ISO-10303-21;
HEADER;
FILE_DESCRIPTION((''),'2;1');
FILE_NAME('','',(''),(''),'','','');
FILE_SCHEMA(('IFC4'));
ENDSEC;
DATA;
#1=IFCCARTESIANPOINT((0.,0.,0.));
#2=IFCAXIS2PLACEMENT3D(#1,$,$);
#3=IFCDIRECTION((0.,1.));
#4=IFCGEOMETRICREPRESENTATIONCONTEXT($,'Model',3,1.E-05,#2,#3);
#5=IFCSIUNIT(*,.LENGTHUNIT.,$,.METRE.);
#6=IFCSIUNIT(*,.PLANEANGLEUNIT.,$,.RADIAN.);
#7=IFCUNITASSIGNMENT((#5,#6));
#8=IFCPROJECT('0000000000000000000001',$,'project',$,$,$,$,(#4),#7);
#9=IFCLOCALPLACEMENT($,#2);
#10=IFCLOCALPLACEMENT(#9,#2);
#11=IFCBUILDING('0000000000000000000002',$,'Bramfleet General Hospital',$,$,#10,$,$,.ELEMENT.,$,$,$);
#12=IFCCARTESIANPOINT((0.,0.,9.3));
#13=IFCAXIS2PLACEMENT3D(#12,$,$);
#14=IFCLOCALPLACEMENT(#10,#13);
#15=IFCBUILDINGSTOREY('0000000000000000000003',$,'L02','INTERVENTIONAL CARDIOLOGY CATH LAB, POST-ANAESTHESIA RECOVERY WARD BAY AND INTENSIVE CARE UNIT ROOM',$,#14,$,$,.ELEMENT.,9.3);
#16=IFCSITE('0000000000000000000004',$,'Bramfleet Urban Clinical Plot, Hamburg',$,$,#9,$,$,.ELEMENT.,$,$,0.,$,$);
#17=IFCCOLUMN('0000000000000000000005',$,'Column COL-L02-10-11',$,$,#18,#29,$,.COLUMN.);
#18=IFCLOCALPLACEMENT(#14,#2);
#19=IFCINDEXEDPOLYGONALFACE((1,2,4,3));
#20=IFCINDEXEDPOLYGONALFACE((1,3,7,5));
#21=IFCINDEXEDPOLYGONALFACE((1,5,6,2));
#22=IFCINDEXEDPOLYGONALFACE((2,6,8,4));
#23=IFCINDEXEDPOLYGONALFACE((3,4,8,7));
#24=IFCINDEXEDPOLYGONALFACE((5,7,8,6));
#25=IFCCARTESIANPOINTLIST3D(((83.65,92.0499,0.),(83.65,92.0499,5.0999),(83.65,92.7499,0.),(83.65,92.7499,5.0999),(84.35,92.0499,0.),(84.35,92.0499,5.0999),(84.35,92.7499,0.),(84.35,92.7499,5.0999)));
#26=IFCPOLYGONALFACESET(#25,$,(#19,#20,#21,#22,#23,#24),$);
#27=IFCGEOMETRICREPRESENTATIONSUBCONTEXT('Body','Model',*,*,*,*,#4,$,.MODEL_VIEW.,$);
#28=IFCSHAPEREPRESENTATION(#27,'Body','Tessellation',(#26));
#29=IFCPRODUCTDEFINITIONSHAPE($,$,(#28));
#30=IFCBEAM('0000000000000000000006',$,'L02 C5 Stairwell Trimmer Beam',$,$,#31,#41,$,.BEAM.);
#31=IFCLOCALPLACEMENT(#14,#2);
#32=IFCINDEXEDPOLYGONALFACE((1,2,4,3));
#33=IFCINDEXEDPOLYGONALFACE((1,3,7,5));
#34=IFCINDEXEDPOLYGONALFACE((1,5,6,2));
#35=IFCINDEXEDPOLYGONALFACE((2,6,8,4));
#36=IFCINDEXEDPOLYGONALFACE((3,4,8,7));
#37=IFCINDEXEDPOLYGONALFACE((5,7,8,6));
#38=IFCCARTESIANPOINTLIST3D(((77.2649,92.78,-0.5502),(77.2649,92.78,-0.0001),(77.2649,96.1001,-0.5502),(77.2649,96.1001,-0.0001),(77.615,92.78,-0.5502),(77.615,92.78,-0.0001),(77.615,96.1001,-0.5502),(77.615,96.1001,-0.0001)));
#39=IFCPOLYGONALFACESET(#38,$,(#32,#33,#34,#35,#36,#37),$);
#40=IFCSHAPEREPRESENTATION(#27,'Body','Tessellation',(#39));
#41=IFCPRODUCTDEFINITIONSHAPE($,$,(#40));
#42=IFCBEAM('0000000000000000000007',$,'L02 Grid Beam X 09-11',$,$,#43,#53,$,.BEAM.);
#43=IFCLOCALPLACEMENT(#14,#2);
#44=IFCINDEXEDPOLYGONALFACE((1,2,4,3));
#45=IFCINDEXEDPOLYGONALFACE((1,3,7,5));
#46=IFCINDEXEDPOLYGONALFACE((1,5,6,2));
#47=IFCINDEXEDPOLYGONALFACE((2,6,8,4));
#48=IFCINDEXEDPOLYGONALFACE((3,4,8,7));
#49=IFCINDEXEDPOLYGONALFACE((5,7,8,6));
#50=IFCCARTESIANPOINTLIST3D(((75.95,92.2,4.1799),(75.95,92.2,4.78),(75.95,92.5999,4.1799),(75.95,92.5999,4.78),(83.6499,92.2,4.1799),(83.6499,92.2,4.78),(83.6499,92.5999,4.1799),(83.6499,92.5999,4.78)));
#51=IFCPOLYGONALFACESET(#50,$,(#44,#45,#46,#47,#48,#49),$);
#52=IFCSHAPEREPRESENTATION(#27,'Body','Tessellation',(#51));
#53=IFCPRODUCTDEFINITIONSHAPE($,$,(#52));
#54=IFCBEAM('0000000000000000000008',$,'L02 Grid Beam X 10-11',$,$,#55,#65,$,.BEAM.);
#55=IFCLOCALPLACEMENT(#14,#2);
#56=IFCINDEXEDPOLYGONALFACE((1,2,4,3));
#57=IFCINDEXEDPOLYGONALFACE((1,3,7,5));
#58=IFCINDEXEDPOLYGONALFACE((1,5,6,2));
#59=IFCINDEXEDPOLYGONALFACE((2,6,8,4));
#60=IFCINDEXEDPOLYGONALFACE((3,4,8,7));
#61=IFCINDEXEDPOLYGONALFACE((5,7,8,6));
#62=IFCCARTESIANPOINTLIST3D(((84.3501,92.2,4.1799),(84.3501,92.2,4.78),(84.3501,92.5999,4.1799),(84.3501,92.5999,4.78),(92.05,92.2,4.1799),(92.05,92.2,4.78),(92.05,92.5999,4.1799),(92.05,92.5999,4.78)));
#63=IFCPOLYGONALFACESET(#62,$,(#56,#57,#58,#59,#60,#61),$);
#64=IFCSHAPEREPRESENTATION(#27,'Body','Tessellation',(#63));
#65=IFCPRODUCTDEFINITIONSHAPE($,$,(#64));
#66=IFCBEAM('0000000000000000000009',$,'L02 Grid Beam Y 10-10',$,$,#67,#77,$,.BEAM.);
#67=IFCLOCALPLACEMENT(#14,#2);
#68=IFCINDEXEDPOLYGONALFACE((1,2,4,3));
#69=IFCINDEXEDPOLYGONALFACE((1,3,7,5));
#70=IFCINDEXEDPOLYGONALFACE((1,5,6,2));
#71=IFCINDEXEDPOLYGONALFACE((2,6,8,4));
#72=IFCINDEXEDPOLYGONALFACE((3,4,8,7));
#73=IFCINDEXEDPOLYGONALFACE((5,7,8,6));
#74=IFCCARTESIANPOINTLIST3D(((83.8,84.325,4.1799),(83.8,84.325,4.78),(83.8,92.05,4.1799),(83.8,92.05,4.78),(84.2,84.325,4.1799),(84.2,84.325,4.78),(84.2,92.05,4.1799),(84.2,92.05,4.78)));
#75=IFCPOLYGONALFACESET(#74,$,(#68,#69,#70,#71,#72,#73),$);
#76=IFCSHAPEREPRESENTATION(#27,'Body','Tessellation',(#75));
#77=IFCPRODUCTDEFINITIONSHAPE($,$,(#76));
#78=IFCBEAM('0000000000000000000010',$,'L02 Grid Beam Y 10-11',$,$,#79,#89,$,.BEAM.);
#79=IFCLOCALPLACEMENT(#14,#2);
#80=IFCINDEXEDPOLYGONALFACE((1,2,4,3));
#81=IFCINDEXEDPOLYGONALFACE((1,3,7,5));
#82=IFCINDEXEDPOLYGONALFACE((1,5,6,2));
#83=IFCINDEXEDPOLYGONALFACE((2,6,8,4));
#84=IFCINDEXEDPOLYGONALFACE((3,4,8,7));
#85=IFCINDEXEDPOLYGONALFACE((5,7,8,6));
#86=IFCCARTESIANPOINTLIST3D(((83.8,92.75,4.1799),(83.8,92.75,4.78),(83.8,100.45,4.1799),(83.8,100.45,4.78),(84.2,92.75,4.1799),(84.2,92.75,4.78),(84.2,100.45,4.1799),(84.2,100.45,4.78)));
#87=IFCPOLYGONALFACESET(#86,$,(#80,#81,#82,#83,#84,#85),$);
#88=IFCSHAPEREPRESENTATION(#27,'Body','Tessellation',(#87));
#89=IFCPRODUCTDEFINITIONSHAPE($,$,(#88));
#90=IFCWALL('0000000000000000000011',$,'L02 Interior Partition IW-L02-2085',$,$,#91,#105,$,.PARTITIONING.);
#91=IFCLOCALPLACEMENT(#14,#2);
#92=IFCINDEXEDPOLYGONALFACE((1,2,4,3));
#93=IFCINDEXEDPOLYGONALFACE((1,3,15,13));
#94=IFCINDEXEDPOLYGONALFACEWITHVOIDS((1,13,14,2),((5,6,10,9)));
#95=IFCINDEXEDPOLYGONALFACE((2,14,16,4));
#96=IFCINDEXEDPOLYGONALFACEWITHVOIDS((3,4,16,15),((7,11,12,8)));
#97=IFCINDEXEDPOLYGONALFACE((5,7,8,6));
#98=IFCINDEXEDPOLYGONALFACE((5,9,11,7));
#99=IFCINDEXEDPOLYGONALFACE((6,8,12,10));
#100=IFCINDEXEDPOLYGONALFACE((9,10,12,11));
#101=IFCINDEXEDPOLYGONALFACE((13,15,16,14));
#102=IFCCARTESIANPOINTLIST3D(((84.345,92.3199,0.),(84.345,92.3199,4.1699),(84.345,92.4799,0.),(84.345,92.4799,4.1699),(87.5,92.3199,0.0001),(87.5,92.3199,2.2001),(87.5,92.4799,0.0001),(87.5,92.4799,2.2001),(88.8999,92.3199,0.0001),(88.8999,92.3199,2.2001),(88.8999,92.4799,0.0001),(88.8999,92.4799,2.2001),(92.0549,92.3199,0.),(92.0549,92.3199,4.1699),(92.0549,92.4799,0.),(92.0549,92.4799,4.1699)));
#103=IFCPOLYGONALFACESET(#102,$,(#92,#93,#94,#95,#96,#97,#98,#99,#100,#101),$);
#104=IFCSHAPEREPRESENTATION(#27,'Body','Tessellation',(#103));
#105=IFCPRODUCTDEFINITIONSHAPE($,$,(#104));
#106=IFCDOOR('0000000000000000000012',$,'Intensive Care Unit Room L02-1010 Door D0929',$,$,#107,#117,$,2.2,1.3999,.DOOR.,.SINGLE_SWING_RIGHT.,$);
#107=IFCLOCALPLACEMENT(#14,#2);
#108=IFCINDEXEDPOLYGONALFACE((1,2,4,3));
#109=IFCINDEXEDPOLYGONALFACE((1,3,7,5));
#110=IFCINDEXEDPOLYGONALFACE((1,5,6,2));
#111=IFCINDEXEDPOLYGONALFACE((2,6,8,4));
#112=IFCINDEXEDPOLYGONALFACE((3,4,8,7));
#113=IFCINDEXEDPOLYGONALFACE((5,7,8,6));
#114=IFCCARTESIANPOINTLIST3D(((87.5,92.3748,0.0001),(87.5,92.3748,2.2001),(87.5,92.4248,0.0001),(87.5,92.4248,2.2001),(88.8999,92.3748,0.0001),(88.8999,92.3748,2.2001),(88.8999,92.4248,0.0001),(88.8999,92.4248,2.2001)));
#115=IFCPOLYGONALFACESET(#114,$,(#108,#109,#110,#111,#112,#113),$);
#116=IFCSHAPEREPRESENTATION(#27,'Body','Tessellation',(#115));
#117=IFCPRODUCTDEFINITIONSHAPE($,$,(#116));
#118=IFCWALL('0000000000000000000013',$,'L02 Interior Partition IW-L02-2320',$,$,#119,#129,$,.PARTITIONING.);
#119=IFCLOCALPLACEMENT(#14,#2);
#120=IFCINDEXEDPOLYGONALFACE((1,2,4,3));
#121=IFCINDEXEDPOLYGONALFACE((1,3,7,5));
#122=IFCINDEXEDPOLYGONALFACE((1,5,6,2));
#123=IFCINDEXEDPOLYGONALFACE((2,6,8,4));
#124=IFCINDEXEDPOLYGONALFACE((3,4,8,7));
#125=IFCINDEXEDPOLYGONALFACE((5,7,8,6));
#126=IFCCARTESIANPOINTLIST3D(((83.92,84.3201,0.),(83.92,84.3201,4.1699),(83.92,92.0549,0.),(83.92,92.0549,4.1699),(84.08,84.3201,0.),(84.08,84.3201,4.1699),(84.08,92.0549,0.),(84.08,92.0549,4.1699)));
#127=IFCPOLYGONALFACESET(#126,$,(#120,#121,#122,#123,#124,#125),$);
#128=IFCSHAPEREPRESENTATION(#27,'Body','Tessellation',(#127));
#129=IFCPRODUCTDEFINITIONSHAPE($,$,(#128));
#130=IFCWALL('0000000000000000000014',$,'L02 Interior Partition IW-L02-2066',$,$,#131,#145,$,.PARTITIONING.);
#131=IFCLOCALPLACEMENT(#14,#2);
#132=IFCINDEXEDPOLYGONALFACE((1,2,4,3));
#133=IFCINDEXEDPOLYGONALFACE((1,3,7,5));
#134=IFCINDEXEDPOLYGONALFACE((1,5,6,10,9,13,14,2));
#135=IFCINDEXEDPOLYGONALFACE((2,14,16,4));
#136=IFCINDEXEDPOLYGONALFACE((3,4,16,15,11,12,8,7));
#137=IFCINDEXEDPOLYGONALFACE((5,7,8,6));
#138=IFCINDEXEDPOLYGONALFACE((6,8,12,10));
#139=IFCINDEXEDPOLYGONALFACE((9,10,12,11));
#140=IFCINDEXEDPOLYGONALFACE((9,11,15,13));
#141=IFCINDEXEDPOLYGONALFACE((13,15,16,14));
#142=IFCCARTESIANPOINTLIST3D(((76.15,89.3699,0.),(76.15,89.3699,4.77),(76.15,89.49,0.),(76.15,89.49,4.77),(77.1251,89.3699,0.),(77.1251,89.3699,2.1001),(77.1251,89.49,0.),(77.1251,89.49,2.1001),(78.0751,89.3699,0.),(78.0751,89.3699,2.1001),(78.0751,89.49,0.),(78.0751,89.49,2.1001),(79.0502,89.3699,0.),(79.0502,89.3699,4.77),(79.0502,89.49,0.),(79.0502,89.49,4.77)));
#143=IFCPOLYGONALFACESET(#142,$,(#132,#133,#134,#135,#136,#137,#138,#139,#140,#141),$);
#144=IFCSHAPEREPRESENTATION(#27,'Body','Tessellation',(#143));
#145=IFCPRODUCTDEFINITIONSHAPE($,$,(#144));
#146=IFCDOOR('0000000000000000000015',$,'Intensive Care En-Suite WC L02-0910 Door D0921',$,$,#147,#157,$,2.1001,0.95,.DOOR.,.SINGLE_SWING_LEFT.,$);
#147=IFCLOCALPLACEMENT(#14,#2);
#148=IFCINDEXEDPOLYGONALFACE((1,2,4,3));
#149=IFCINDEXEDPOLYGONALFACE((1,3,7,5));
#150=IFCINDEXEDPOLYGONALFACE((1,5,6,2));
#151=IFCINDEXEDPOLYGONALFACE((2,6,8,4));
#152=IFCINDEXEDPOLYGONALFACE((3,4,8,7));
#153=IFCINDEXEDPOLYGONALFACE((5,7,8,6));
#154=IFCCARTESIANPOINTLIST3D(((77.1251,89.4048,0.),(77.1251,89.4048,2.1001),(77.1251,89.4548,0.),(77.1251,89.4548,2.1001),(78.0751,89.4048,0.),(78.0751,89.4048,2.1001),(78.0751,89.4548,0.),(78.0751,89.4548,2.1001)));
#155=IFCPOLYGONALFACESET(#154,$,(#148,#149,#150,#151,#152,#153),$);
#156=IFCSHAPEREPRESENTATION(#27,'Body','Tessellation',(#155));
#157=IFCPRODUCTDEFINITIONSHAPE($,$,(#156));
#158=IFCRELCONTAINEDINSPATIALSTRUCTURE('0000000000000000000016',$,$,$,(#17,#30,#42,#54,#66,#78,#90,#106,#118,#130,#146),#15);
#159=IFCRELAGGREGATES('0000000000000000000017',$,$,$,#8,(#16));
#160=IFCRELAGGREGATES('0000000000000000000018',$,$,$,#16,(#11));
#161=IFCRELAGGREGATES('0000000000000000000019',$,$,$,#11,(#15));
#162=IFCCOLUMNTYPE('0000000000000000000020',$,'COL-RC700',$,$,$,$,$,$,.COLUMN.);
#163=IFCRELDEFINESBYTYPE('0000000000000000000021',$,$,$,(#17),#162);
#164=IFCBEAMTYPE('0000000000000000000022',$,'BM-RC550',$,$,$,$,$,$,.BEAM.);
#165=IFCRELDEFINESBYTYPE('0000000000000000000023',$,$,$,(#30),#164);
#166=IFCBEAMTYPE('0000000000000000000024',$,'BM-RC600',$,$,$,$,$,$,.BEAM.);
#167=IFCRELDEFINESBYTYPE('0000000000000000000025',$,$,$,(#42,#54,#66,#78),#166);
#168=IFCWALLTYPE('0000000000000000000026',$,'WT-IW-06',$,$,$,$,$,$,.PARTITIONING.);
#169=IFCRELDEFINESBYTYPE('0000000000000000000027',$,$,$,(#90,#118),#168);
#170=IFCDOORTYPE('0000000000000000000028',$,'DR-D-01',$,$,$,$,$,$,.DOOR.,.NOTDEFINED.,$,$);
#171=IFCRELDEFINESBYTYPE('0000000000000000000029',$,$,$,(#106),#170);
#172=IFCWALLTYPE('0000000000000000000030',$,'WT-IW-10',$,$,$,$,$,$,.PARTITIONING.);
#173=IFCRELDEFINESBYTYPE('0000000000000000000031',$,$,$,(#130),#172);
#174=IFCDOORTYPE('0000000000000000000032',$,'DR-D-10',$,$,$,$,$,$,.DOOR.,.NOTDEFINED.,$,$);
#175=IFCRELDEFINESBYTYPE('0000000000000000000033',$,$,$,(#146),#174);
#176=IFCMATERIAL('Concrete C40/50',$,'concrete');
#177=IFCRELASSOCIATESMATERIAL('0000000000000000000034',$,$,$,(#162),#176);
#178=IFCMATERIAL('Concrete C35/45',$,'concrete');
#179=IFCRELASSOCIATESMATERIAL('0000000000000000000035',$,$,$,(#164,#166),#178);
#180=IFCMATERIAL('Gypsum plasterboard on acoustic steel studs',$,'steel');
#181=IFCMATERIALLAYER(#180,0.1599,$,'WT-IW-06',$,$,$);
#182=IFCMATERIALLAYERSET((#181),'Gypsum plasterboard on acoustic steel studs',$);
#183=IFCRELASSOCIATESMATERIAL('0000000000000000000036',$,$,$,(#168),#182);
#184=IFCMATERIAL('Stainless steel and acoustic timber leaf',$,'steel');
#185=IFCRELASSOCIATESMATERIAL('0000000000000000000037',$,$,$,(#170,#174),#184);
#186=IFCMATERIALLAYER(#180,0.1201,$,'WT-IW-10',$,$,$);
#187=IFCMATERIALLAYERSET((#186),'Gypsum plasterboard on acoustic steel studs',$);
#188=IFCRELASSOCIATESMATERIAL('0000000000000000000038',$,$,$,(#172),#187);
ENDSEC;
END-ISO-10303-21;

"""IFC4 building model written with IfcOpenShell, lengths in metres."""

from ifc_helpers import new_model, si_unit, direction, frame, frame_2d, origin, origin_2d, place, context, subcontext, project, spatial, rectangle, extrude, material, layer, layer_set, material_profile, profile_set, type_object, element, fill, save


model = new_model("IFC4")

# Units and contexts
model_context = context("Model", 3, precision=1e-05, world=origin(), true_north=direction((0.0, 1.0)))
body_context = subcontext(model_context, "Body", "Model", "MODEL_VIEW")
ifc_project = project(units=[si_unit("LENGTHUNIT", "METRE"), si_unit("PLANEANGLEUNIT", "RADIAN")], contexts=[model_context])

# Site, building, storey
site_placement = place(None, origin())
site = spatial("IfcSite", under=ifc_project, at=site_placement, Name="Bramfleet Urban Clinical Plot, Hamburg", CompositionType="ELEMENT", RefElevation=0.0)
building_placement = place(site_placement, origin())
building = spatial("IfcBuilding", under=site, at=building_placement, Name="Bramfleet General Hospital", CompositionType="ELEMENT")
storey_placement = place(building_placement, frame((0.0, 0.0, 9.3)))
storey = spatial("IfcBuildingStorey", under=building, at=storey_placement, Name="L02", Description="INTERVENTIONAL CARDIOLOGY CATH LAB, POST-ANAESTHESIA RECOVERY WARD BAY AND INTENSIVE CARE UNIT ROOM", CompositionType="ELEMENT", Elevation=9.3)

# Column
ifc_material_1 = material(Name="Concrete C40/50", Category="concrete")
ifc_material_profile_1 = material_profile(ifc_material_1, rectangle(XDim=0.7, YDim=0.7, at=origin_2d()), Name="RC COL 700x700")
ifc_profile_set_1 = profile_set([ifc_material_profile_1], Name="Concrete C40/50")
column_type = type_object("IfcColumnType", Name="COL-RC700", PredefinedType="COLUMN", material=ifc_profile_set_1)
column_placement = place(storey_placement, frame((84.0, 92.3999, 0.0), z_axis=(0.0, 0.0, 1.0), x_axis=(1.0, 0.0, 0.0)))
element("IfcColumn", 1, at=column_placement, inside=storey, type_object=column_type, Name="Column COL-L02-10-11", PredefinedType="COLUMN", context=body_context, shape_type="SweptSolid", body=[
    extrude(rectangle(XDim=0.7, YDim=0.7, at=origin_2d()), origin(), (0.0, 0.0, 1.0), 5.0999),
])

# Beams
ifc_material_2 = material(Name="Concrete C35/45", Category="concrete")
ifc_material_profile_2 = material_profile(ifc_material_2, rectangle(XDim=0.3501, YDim=0.55, at=origin_2d()), Name="RC BM 550x350")
ifc_profile_set_2 = profile_set([ifc_material_profile_2], Name="Concrete C35/45")
beam_type_1 = type_object("IfcBeamType", Name="BM-RC550", PredefinedType="BEAM", material=ifc_profile_set_2)
beam_1_placement = place(storey_placement, frame((77.4399, 92.78, -0.2751), z_axis=(0.0, 1.0, 0.0), x_axis=(-1.0, 0.0, 0.0)))
element("IfcBeam", 2, at=beam_1_placement, inside=storey, type_object=beam_type_1, Name="L02 C5 Stairwell Trimmer Beam", PredefinedType="BEAM", context=body_context, shape_type="SweptSolid", body=[
    extrude(rectangle(XDim=0.3501, YDim=0.55, at=origin_2d()), origin(), (0.0, 0.0, 1.0), 3.3201),
])
ifc_material_profile_3 = material_profile(ifc_material_2, rectangle(XDim=0.3999, YDim=0.6001, at=origin_2d()), Name="RC BM 600x400")
ifc_profile_set_3 = profile_set([ifc_material_profile_3], Name="Concrete C35/45")
beam_type_2 = type_object("IfcBeamType", Name="BM-RC600", PredefinedType="BEAM", material=ifc_profile_set_3)
for number, where, z_axis, x_axis, name in (
    (3, (75.95, 92.3999, 4.48), (1.0, 0.0, 0.0), (0.0, 1.0, 0.0), "L02 Grid Beam X 09-11"),
    (4, (84.3501, 92.3999, 4.48), (1.0, 0.0, 0.0), (0.0, 1.0, 0.0), "L02 Grid Beam X 10-11"),
):
    element("IfcBeam", number, at=place(storey_placement, frame(where, z_axis=z_axis, x_axis=x_axis)), inside=storey, type_object=beam_type_2, Name=name, PredefinedType="BEAM", context=body_context, shape_type="SweptSolid", body=[
        extrude(rectangle(XDim=0.3999, YDim=0.6001, at=origin_2d()), origin(), (0.0, 0.0, 1.0), 7.7),
    ])
beam_2_placement = place(storey_placement, frame((84.0, 84.325, 4.48), z_axis=(0.0, 1.0, 0.0), x_axis=(-1.0, 0.0, 0.0)))
element("IfcBeam", 5, at=beam_2_placement, inside=storey, type_object=beam_type_2, Name="L02 Grid Beam Y 10-10", PredefinedType="BEAM", context=body_context, shape_type="SweptSolid", body=[
    extrude(rectangle(XDim=0.3999, YDim=0.6001, at=origin_2d()), origin(), (0.0, 0.0, 1.0), 7.7251),
])
beam_3_placement = place(storey_placement, frame((84.0, 92.75, 4.48), z_axis=(0.0, 1.0, 0.0), x_axis=(-1.0, 0.0, 0.0)))
element("IfcBeam", 6, at=beam_3_placement, inside=storey, type_object=beam_type_2, Name="L02 Grid Beam Y 10-11", PredefinedType="BEAM", context=body_context, shape_type="SweptSolid", body=[
    extrude(rectangle(XDim=0.3999, YDim=0.6001, at=origin_2d()), origin(), (0.0, 0.0, 1.0), 7.7),
])

# Wall, opening, door
ifc_material_3 = material(Name="Gypsum plasterboard on acoustic steel studs", Category="steel")
ifc_layer_1 = layer(ifc_material_3, 0.1599, Name="WT-IW-06")
ifc_layer_set_1 = layer_set([ifc_layer_1], Name="Gypsum plasterboard on acoustic steel studs")
wall_type_1 = type_object("IfcWallType", Name="WT-IW-06", PredefinedType="PARTITIONING", material=ifc_layer_set_1)
wall_1_placement = place(storey_placement, frame((84.345, 92.3999, 0.0), z_axis=(0.0, 0.0, 1.0), x_axis=(1.0, 0.0, 0.0)))
wall_1 = element("IfcWall", 7, at=wall_1_placement, inside=storey, type_object=wall_type_1, Name="L02 Interior Partition IW-L02-2085", PredefinedType="PARTITIONING", context=body_context, shape_type="SweptSolid", body=[
    extrude(rectangle(XDim=7.71, YDim=0.1599, at=frame_2d((3.855, 0.0))), origin(), (0.0, 0.0, 1.0), 4.1699),
])
opening_1_placement = place(wall_1_placement, frame((3.155, 0.0, 0.0)))
opening_1 = element("IfcOpeningElement", 8, at=opening_1_placement, cuts=wall_1, PredefinedType="OPENING", context=body_context, shape_type="SweptSolid", body=[
    extrude(rectangle(XDim=1.3999, YDim=2.2, at=frame_2d((0.7, 1.1001))), frame((0.0, 0.0898, 0.0), z_axis=(0.0, -1.0, 0.0), x_axis=(1.0, 0.0, 0.0)), (0.0, 0.0, 1.0), 0.1799),
])
ifc_material_4 = material(Name="Stainless steel and acoustic timber leaf", Category="steel")
door_type_1 = type_object("IfcDoorType", Name="DR-D-01", OperationType="NOTDEFINED", PredefinedType="DOOR", material=ifc_material_4)
door_1_placement = place(opening_1_placement, origin())
door_1 = element("IfcDoor", 9, at=door_1_placement, inside=storey, type_object=door_type_1, Name="Intensive Care Unit Room L02-1010 Door D0929", OperationType="SINGLE_SWING_RIGHT", OverallHeight=2.2, OverallWidth=1.3999, PredefinedType="DOOR", context=body_context, shape_type="SweptSolid", body=[
    extrude(rectangle(XDim=1.3999, YDim=2.2, at=frame_2d((0.7, 1.1001))), frame((0.0, 0.0249, 0.0), z_axis=(0.0, -1.0, 0.0), x_axis=(1.0, 0.0, 0.0)), (0.0, 0.0, 1.0), 0.05),
])
fill(opening_1, door_1)

# Wall
wall_2_placement = place(storey_placement, frame((84.0, 84.3201, 0.0), z_axis=(0.0, 0.0, 1.0), x_axis=(0.0, 1.0, 0.0)))
element("IfcWall", 10, at=wall_2_placement, inside=storey, type_object=wall_type_1, Name="L02 Interior Partition IW-L02-2320", PredefinedType="PARTITIONING", context=body_context, shape_type="SweptSolid", body=[
    extrude(rectangle(XDim=7.7349, YDim=0.1599, at=frame_2d((3.8674, 0.0))), origin(), (0.0, 0.0, 1.0), 4.1699),
])

# Wall, opening, door
ifc_layer_2 = layer(ifc_material_3, 0.1201, Name="WT-IW-10")
ifc_layer_set_2 = layer_set([ifc_layer_2], Name="Gypsum plasterboard on acoustic steel studs")
wall_type_2 = type_object("IfcWallType", Name="WT-IW-10", PredefinedType="PARTITIONING", material=ifc_layer_set_2)
wall_3_placement = place(storey_placement, frame((76.1499, 89.4299, 0.0), z_axis=(0.0, 0.0, 1.0), x_axis=(1.0, 0.0, 0.0)))
wall_3 = element("IfcWall", 11, at=wall_3_placement, inside=storey, type_object=wall_type_2, Name="L02 Interior Partition IW-L02-2066", PredefinedType="PARTITIONING", context=body_context, shape_type="SweptSolid", body=[
    extrude(rectangle(XDim=2.9001, YDim=0.1201, at=frame_2d((1.4502, 0.0))), origin(), (0.0, 0.0, 1.0), 4.77),
])
opening_2_placement = place(wall_3_placement, frame((0.9751, 0.0, 0.0)))
opening_2 = element("IfcOpeningElement", 12, at=opening_2_placement, cuts=wall_3, PredefinedType="OPENING", context=body_context, shape_type="SweptSolid", body=[
    extrude(rectangle(XDim=0.95, YDim=2.1001, at=frame_2d((0.4751, 1.05))), frame((0.0, 0.0701, 0.0), z_axis=(0.0, -1.0, 0.0), x_axis=(1.0, 0.0, 0.0)), (0.0, 0.0, 1.0), 0.1401),
])
door_type_2 = type_object("IfcDoorType", Name="DR-D-10", OperationType="NOTDEFINED", PredefinedType="DOOR", material=ifc_material_4)
door_2_placement = place(opening_2_placement, origin())
door_2 = element("IfcDoor", 13, at=door_2_placement, inside=storey, type_object=door_type_2, Name="Intensive Care En-Suite WC L02-0910 Door D0921", OperationType="SINGLE_SWING_LEFT", OverallHeight=2.1001, OverallWidth=0.95, PredefinedType="DOOR", context=body_context, shape_type="SweptSolid", body=[
    extrude(rectangle(XDim=0.95, YDim=2.1001, at=frame_2d((0.4751, 1.05))), frame((0.0, 0.0249, 0.0), z_axis=(0.0, -1.0, 0.0), x_axis=(1.0, 0.0, 0.0)), (0.0, 0.0, 1.0), 0.05),
])
fill(opening_2, door_2)

save(model, "model.ifc")
